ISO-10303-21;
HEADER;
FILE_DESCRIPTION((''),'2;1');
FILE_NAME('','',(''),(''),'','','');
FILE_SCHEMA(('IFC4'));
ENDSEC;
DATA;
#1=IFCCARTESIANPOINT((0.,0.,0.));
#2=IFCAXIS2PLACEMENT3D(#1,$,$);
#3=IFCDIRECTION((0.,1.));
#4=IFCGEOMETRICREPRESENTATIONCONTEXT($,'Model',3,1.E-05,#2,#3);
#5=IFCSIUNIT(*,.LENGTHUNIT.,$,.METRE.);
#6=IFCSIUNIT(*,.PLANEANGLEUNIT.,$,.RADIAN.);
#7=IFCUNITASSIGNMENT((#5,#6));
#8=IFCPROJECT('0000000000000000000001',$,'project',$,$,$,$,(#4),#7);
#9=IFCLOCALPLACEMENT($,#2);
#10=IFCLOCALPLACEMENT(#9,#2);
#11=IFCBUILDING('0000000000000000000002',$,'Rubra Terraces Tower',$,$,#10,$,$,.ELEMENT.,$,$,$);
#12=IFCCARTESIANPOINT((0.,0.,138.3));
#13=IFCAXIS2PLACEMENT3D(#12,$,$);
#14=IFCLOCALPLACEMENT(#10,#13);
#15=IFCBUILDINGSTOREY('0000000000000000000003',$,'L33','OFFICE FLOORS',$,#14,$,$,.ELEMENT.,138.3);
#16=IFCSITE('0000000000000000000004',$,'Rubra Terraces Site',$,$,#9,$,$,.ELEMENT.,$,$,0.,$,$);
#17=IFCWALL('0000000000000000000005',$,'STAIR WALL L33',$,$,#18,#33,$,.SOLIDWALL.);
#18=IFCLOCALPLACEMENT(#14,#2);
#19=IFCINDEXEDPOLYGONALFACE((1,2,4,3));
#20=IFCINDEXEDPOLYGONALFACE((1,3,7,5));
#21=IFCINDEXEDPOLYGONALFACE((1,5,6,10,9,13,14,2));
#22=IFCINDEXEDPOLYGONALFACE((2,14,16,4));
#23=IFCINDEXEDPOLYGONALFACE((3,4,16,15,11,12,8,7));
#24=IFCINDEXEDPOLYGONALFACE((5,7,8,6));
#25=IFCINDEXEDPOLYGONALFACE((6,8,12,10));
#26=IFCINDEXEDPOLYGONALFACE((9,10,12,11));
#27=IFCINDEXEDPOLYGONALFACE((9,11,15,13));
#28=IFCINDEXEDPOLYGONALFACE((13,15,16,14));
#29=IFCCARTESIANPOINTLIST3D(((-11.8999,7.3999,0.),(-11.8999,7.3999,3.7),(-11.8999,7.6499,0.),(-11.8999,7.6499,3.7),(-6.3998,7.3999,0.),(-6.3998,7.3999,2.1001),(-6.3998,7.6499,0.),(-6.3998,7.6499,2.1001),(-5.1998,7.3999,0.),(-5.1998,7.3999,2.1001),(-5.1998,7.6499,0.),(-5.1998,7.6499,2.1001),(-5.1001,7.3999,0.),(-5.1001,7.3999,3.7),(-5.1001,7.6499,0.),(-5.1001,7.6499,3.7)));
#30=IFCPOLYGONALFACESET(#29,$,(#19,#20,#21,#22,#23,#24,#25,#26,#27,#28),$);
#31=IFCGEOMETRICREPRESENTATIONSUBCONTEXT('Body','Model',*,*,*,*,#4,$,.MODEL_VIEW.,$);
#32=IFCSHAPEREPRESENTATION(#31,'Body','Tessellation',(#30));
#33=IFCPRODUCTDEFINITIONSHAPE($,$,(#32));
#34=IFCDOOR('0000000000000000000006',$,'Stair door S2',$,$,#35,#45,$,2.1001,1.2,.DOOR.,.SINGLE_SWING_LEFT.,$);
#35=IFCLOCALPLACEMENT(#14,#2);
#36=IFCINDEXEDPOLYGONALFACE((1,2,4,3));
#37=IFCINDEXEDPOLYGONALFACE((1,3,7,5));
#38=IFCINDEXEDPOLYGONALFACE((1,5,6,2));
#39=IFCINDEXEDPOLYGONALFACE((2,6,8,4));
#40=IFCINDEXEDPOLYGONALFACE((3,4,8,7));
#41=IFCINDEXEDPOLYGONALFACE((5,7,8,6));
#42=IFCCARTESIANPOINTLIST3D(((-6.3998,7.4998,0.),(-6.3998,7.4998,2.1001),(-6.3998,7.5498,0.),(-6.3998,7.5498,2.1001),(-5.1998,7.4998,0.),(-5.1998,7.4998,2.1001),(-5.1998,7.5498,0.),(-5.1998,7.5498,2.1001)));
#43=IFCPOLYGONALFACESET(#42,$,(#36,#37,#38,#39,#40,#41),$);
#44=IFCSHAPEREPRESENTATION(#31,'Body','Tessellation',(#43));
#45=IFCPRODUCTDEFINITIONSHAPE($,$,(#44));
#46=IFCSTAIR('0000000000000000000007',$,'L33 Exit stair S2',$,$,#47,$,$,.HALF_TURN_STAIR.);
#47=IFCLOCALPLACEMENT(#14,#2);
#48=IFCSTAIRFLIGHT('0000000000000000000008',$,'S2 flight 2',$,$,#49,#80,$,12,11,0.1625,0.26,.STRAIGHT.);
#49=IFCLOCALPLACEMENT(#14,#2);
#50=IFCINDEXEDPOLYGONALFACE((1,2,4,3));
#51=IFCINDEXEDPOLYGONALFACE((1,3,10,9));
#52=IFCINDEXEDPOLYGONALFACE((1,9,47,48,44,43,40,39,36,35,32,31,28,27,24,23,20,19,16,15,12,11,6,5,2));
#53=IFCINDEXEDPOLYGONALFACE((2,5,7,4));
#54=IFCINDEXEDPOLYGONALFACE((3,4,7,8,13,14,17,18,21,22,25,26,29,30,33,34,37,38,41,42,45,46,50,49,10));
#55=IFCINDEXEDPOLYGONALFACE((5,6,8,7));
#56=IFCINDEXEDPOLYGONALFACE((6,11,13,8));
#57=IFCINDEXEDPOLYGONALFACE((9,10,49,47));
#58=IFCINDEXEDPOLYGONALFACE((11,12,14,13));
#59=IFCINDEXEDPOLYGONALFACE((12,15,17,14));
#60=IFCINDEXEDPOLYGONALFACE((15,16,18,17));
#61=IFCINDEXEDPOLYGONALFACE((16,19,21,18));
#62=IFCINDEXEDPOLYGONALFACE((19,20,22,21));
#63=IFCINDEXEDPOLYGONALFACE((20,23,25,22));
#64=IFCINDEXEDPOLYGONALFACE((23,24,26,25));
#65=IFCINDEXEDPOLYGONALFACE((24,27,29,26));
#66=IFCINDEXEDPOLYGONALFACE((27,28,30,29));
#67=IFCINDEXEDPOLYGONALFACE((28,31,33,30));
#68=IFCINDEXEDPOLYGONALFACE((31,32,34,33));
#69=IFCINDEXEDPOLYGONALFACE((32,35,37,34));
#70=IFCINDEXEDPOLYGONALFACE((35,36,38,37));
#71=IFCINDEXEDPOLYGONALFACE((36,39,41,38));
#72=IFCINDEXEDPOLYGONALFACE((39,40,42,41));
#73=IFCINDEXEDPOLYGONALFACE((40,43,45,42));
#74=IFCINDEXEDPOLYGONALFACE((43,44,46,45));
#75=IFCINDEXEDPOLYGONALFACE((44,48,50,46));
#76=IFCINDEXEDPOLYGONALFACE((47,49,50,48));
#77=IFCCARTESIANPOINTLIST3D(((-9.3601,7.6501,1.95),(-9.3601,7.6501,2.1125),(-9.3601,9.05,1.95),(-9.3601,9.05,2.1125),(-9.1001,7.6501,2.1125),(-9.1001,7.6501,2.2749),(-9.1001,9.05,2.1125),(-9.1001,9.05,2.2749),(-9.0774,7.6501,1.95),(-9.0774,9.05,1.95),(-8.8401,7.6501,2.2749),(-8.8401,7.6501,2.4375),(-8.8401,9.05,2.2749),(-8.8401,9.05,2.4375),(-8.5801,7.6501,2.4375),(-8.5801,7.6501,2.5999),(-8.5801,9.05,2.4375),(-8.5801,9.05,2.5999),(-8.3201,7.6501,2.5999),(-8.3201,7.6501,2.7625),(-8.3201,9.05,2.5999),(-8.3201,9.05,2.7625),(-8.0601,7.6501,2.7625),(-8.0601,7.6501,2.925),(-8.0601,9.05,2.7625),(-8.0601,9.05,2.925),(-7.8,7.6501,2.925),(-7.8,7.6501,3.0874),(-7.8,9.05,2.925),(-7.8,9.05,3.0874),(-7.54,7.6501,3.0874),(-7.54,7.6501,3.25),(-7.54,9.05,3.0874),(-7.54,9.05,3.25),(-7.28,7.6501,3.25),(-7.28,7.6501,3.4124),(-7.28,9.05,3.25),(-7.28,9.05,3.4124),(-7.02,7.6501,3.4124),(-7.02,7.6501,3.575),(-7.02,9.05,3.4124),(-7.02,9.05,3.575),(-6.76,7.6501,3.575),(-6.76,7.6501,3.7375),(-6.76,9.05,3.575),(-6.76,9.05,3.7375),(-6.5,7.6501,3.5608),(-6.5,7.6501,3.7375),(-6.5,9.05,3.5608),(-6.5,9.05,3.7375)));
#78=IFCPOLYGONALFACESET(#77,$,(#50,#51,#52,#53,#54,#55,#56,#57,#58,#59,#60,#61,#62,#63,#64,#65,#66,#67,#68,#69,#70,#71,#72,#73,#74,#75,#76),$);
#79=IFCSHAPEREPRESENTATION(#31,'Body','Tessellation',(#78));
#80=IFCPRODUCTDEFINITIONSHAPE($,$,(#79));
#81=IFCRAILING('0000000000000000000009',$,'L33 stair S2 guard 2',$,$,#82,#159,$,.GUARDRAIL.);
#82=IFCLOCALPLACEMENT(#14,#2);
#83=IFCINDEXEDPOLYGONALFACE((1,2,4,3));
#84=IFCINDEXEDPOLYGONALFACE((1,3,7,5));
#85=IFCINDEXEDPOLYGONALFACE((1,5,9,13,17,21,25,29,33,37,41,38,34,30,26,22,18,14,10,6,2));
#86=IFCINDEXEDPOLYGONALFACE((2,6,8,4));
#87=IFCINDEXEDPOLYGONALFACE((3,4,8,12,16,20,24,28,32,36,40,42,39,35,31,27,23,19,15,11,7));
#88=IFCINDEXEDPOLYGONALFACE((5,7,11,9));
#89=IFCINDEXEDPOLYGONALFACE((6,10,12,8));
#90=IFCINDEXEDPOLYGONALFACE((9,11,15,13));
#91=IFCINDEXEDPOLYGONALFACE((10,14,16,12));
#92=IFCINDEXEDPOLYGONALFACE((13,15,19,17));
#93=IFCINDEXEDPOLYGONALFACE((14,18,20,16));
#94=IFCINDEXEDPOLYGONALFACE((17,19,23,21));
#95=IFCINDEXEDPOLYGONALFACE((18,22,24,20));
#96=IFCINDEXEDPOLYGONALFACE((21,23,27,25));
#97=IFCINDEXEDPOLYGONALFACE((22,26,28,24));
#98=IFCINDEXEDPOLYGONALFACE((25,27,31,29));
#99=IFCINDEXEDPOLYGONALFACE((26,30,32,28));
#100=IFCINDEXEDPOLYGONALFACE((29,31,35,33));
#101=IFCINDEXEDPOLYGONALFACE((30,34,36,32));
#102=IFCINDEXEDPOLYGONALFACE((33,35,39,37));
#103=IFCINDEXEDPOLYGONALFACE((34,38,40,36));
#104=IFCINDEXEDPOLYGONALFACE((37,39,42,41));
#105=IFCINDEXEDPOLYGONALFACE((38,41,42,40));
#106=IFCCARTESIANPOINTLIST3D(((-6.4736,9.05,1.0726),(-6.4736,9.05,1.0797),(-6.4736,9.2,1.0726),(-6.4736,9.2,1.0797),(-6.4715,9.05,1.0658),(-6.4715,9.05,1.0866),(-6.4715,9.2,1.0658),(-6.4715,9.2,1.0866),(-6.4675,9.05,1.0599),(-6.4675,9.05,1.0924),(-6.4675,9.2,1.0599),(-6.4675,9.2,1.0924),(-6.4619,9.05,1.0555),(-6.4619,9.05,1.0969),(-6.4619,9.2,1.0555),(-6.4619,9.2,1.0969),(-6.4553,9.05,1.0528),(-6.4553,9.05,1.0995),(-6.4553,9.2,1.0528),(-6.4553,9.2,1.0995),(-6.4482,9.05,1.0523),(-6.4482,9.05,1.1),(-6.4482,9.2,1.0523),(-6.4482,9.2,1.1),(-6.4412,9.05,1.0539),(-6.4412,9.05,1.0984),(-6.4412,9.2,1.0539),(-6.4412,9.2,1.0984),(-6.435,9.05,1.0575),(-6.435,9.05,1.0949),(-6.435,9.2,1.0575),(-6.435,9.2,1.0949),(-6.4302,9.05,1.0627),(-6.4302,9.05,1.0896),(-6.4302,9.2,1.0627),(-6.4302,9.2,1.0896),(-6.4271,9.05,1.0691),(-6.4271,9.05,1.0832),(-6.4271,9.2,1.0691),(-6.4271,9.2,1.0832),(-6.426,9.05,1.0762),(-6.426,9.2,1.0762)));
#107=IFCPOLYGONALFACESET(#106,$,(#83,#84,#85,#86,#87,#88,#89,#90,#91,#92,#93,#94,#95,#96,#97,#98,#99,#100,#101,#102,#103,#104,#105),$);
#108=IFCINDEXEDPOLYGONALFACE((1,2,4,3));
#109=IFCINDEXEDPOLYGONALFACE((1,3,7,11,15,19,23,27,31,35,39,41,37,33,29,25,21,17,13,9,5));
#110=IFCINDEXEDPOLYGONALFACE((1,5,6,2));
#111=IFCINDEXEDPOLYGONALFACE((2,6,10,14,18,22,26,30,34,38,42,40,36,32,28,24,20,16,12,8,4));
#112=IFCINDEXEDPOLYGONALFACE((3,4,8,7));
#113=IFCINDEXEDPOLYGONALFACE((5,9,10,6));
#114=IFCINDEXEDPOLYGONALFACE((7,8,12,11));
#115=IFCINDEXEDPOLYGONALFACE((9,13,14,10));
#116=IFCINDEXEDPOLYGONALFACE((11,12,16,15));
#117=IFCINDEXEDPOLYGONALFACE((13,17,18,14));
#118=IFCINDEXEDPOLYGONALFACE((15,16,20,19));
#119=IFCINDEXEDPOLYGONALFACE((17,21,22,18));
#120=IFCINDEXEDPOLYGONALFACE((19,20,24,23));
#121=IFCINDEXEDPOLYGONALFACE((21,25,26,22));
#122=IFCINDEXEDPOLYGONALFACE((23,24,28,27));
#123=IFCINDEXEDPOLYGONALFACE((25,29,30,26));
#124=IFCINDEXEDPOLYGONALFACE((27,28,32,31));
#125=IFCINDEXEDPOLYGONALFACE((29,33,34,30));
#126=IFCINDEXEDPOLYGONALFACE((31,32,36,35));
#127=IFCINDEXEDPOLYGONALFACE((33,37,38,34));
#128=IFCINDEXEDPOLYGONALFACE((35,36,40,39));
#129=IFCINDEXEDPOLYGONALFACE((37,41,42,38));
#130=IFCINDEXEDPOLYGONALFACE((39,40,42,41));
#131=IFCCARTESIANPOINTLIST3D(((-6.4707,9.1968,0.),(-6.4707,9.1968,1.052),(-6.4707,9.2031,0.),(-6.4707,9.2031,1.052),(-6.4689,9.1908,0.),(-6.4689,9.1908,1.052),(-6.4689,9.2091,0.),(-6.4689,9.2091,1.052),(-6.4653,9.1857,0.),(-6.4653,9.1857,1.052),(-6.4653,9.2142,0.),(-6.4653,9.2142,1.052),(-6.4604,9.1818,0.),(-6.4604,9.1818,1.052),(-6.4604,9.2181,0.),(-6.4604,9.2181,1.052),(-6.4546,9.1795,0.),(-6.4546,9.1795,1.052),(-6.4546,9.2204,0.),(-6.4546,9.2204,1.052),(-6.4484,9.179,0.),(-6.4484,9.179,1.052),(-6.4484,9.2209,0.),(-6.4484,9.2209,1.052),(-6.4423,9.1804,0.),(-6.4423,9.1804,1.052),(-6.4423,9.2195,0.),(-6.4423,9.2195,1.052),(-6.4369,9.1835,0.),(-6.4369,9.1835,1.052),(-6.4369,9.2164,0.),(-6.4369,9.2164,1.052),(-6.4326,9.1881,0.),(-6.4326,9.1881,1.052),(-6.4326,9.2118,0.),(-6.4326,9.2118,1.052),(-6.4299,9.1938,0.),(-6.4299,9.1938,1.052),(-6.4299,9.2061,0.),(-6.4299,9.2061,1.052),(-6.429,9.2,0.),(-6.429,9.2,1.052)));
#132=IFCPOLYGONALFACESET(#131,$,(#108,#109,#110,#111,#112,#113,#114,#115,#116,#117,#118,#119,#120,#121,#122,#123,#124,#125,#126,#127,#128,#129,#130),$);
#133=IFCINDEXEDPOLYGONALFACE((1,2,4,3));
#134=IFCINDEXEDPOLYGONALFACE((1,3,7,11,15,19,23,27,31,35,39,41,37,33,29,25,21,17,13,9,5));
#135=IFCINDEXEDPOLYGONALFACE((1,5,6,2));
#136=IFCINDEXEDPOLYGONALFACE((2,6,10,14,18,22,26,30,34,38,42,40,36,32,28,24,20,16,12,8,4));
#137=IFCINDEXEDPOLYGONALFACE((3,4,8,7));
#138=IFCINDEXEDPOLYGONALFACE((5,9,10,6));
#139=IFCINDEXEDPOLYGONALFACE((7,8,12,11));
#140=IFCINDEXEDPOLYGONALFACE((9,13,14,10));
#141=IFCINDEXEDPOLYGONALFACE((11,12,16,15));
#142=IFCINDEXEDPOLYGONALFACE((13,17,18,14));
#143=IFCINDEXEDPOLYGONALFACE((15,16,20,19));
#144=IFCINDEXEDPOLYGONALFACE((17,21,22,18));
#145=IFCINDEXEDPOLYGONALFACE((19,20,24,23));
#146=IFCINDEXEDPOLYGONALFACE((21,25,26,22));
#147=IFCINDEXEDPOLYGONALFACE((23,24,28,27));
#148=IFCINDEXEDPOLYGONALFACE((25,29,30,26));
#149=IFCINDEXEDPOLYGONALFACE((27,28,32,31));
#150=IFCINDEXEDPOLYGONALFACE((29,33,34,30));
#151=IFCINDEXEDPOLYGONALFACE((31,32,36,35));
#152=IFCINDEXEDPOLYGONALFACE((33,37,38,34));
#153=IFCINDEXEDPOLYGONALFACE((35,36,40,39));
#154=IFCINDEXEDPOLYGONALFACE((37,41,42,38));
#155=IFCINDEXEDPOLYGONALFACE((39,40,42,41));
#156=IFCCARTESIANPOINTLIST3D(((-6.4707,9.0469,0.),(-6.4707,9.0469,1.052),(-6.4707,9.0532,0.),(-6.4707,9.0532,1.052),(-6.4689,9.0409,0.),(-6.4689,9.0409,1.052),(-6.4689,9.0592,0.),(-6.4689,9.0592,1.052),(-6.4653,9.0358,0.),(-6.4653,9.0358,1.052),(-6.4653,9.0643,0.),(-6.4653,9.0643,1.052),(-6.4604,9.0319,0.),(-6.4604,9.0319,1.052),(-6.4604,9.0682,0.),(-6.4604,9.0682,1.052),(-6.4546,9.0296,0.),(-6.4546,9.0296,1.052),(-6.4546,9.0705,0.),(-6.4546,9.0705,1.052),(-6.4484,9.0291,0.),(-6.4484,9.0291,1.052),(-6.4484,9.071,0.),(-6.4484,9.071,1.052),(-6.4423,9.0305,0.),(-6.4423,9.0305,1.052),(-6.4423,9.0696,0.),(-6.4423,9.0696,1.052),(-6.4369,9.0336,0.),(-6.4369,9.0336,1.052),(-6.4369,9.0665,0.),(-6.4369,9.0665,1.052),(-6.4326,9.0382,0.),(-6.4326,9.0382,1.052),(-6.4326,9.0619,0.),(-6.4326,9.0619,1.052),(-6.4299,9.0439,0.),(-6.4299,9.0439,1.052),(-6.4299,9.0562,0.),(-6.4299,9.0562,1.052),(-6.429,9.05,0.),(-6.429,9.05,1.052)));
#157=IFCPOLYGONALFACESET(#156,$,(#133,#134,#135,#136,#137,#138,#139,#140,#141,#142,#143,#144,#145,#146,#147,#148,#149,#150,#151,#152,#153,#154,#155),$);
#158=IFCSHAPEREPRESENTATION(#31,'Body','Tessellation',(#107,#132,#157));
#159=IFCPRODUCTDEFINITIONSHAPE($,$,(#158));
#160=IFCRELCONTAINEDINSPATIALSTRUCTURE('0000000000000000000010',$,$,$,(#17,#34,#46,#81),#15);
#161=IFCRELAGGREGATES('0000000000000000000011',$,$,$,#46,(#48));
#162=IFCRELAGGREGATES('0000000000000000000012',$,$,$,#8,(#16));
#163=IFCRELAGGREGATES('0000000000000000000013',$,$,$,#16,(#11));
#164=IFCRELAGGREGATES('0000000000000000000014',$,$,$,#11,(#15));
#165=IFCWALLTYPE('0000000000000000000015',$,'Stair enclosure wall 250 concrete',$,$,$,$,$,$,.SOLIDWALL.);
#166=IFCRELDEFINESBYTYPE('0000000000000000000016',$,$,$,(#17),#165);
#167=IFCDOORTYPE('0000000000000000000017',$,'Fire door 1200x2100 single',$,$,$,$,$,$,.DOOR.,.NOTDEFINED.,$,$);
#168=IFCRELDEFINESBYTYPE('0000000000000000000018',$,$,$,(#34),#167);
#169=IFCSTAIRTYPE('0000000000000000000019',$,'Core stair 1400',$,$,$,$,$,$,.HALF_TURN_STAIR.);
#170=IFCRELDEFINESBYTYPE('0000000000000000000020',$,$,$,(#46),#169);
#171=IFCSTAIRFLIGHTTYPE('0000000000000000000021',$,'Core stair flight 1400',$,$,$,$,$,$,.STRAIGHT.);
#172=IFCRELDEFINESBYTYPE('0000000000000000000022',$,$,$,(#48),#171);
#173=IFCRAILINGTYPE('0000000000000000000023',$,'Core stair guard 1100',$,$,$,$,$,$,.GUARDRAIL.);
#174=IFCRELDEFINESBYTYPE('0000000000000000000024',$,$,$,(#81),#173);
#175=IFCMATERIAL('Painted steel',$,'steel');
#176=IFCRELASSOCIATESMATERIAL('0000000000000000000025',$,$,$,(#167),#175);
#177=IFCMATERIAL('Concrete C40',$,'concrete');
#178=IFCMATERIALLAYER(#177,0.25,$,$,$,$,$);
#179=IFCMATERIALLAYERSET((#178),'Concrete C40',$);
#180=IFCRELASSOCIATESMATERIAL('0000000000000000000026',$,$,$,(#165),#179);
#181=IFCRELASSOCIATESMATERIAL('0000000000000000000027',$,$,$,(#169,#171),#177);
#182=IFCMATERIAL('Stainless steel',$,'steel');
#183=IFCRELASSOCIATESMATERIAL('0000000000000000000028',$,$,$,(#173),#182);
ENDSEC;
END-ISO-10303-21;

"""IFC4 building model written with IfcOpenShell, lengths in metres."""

from ifc_helpers import new_model, si_unit, direction, frame, frame_2d, origin, origin_2d, place, context, subcontext, project, spatial, polyline, rectangle, circle, outline, extrude, material, layer, layer_set, type_object, element, fill, aggregate, save


model = new_model("IFC4")

# Units and contexts
model_context = context("Model", 3, precision=1e-05, world=origin(), true_north=direction((0.0, 1.0)))
body_context = subcontext(model_context, "Body", "Model", "MODEL_VIEW")
ifc_project = project(units=[si_unit("LENGTHUNIT", "METRE"), si_unit("PLANEANGLEUNIT", "RADIAN")], contexts=[model_context])

# Site, building, storey
site_placement = place(None, origin())
site = spatial("IfcSite", under=ifc_project, at=site_placement, Name="Rubra Terraces Site", CompositionType="ELEMENT", RefElevation=0.0)
building_placement = place(site_placement, origin())
building = spatial("IfcBuilding", under=site, at=building_placement, Name="Rubra Terraces Tower", CompositionType="ELEMENT")
storey_placement = place(building_placement, frame((0.0, 0.0, 138.3)))
storey = spatial("IfcBuildingStorey", under=building, at=storey_placement, Name="L33", Description="OFFICE FLOORS", CompositionType="ELEMENT", Elevation=138.3)

# Shared definitions
ifc_material_1 = material(Name="Concrete C40", Category="concrete")

# Shared definitions
ifc_material_2 = material(Name="Painted steel", Category="steel")
door_type_1 = type_object("IfcDoorType", Name="Fire door 1200x2100 single", OperationType="NOTDEFINED", PredefinedType="DOOR", material=ifc_material_2)
ifc_material_3 = material(Name="Stainless steel", Category="steel")

# Wall, opening, door
ifc_layer_1 = layer(ifc_material_1, 0.25)
ifc_layer_set_1 = layer_set([ifc_layer_1], Name="Concrete C40")
wall_type_1 = type_object("IfcWallType", Name="Stair enclosure wall 250 concrete", PredefinedType="SOLIDWALL", material=ifc_layer_set_1)
wall_1_placement = place(storey_placement, frame((-11.8999, 7.5249, 0.0), z_axis=(0.0, 0.0, 1.0), x_axis=(1.0, 0.0, 0.0)))
wall_1 = element("IfcWall", 1, at=wall_1_placement, inside=storey, type_object=wall_type_1, Name="STAIR WALL L33", PredefinedType="SOLIDWALL", context=body_context, shape_type="SweptSolid", body=[
    extrude(rectangle(XDim=6.7998, YDim=0.25, at=frame_2d((3.3999, 0.0))), origin(), (0.0, 0.0, 1.0), 3.7),
])
opening_1_placement = place(wall_1_placement, frame((5.5, 0.0, 0.0)))
opening_1 = element("IfcOpeningElement", 2, at=opening_1_placement, cuts=wall_1, PredefinedType="OPENING", context=body_context, shape_type="SweptSolid", body=[
    extrude(rectangle(XDim=1.2, YDim=2.1001, at=frame_2d((0.6001, 1.05))), frame((0.0, 0.135, 0.0), z_axis=(0.0, -1.0, 0.0), x_axis=(1.0, 0.0, 0.0)), (0.0, 0.0, 1.0), 0.27),
])
door_1_placement = place(opening_1_placement, origin())
door_1 = element("IfcDoor", 3, at=door_1_placement, inside=storey, type_object=door_type_1, Name="Stair door S2", OperationType="SINGLE_SWING_LEFT", OverallHeight=2.1001, OverallWidth=1.2, PredefinedType="DOOR", context=body_context, shape_type="SweptSolid", body=[
    extrude(rectangle(XDim=1.2, YDim=2.1001, at=frame_2d((0.6001, 1.05))), frame((0.0, 0.0249, 0.0), z_axis=(0.0, -1.0, 0.0), x_axis=(1.0, 0.0, 0.0)), (0.0, 0.0, 1.0), 0.05),
])
fill(opening_1, door_1)

# Stair, stair flight
stair_type = type_object("IfcStairType", Name="Core stair 1400", PredefinedType="HALF_TURN_STAIR", material=ifc_material_1)
stair_placement = place(storey_placement, origin())
stair = element("IfcStair", 4, at=stair_placement, inside=storey, type_object=stair_type, Name="L33 Exit stair S2", PredefinedType="HALF_TURN_STAIR")
stair_flight_type = type_object("IfcStairFlightType", Name="Core stair flight 1400", PredefinedType="STRAIGHT", material=ifc_material_1)
stair_flight_placement = place(storey_placement, frame((-9.3601, 8.3501, 1.95), z_axis=(0.0, 0.0, 1.0), x_axis=(1.0, 0.0, 0.0)))
stair_flight = element("IfcStairFlight", 5, at=stair_flight_placement, type_object=stair_flight_type, Name="S2 flight 2", NumberOfRisers=12, NumberOfTreads=11, PredefinedType="STRAIGHT", RiserHeight=0.1625, TreadLength=0.26, context=body_context, shape_type="SweptSolid", body=[
    extrude(outline(polyline([(0.0, 0.0), (0.0, 0.1626), (0.26, 0.1626), (0.26, 0.325), (0.52, 0.325), (0.52, 0.4875), (0.78, 0.4875), (0.78, 0.6499), (1.04, 0.6499), (1.04, 0.8125), (1.3, 0.8125), (1.3, 0.9751), (1.5601, 0.9751), (1.5601, 1.1375), (1.8201, 1.1375), (1.8201, 1.3), (2.0801, 1.3), (2.0801, 1.4624), (2.3401, 1.4624), (2.3401, 1.625), (2.6001, 1.625), (2.6001, 1.7876), (2.8601, 1.7876), (2.8601, 1.95), (2.8601, 1.6108), (0.2827, 0.0), (0.0, 0.0)])), frame((0.0, 0.7, 0.0), z_axis=(0.0, -1.0, 0.0), x_axis=(1.0, 0.0, 0.0)), (0.0, 0.0, 1.0), 1.3999),
])
aggregate(stair, [stair_flight])

# Railing
railing_type_1 = type_object("IfcRailingType", Name="Core stair guard 1100", PredefinedType="GUARDRAIL", material=ifc_material_3)
railing_1_placement = place(storey_placement, frame((-6.45, 9.2, 0.0)))
element("IfcRailing", 6, at=railing_1_placement, inside=storey, type_object=railing_type_1, Name="L33 stair S2 guard 2", PredefinedType="GUARDRAIL", context=body_context, shape_type="SweptSolid", body=[
    extrude(circle(Radius=0.0239, at=origin_2d()), frame((0.0, 0.0, 1.0762), z_axis=(0.0, -1.0, 0.0), x_axis=(1.0, 0.0, 0.0)), (0.0, 0.0, 1.0), 0.1499),
    extrude(circle(Radius=0.021, at=origin_2d()), origin(), (0.0, 0.0, 1.0), 1.052),
    extrude(circle(Radius=0.021, at=origin_2d()), frame((0.0, -0.1499, 0.0)), (0.0, 0.0, 1.0), 1.052),
])

save(model, "model.ifc")
